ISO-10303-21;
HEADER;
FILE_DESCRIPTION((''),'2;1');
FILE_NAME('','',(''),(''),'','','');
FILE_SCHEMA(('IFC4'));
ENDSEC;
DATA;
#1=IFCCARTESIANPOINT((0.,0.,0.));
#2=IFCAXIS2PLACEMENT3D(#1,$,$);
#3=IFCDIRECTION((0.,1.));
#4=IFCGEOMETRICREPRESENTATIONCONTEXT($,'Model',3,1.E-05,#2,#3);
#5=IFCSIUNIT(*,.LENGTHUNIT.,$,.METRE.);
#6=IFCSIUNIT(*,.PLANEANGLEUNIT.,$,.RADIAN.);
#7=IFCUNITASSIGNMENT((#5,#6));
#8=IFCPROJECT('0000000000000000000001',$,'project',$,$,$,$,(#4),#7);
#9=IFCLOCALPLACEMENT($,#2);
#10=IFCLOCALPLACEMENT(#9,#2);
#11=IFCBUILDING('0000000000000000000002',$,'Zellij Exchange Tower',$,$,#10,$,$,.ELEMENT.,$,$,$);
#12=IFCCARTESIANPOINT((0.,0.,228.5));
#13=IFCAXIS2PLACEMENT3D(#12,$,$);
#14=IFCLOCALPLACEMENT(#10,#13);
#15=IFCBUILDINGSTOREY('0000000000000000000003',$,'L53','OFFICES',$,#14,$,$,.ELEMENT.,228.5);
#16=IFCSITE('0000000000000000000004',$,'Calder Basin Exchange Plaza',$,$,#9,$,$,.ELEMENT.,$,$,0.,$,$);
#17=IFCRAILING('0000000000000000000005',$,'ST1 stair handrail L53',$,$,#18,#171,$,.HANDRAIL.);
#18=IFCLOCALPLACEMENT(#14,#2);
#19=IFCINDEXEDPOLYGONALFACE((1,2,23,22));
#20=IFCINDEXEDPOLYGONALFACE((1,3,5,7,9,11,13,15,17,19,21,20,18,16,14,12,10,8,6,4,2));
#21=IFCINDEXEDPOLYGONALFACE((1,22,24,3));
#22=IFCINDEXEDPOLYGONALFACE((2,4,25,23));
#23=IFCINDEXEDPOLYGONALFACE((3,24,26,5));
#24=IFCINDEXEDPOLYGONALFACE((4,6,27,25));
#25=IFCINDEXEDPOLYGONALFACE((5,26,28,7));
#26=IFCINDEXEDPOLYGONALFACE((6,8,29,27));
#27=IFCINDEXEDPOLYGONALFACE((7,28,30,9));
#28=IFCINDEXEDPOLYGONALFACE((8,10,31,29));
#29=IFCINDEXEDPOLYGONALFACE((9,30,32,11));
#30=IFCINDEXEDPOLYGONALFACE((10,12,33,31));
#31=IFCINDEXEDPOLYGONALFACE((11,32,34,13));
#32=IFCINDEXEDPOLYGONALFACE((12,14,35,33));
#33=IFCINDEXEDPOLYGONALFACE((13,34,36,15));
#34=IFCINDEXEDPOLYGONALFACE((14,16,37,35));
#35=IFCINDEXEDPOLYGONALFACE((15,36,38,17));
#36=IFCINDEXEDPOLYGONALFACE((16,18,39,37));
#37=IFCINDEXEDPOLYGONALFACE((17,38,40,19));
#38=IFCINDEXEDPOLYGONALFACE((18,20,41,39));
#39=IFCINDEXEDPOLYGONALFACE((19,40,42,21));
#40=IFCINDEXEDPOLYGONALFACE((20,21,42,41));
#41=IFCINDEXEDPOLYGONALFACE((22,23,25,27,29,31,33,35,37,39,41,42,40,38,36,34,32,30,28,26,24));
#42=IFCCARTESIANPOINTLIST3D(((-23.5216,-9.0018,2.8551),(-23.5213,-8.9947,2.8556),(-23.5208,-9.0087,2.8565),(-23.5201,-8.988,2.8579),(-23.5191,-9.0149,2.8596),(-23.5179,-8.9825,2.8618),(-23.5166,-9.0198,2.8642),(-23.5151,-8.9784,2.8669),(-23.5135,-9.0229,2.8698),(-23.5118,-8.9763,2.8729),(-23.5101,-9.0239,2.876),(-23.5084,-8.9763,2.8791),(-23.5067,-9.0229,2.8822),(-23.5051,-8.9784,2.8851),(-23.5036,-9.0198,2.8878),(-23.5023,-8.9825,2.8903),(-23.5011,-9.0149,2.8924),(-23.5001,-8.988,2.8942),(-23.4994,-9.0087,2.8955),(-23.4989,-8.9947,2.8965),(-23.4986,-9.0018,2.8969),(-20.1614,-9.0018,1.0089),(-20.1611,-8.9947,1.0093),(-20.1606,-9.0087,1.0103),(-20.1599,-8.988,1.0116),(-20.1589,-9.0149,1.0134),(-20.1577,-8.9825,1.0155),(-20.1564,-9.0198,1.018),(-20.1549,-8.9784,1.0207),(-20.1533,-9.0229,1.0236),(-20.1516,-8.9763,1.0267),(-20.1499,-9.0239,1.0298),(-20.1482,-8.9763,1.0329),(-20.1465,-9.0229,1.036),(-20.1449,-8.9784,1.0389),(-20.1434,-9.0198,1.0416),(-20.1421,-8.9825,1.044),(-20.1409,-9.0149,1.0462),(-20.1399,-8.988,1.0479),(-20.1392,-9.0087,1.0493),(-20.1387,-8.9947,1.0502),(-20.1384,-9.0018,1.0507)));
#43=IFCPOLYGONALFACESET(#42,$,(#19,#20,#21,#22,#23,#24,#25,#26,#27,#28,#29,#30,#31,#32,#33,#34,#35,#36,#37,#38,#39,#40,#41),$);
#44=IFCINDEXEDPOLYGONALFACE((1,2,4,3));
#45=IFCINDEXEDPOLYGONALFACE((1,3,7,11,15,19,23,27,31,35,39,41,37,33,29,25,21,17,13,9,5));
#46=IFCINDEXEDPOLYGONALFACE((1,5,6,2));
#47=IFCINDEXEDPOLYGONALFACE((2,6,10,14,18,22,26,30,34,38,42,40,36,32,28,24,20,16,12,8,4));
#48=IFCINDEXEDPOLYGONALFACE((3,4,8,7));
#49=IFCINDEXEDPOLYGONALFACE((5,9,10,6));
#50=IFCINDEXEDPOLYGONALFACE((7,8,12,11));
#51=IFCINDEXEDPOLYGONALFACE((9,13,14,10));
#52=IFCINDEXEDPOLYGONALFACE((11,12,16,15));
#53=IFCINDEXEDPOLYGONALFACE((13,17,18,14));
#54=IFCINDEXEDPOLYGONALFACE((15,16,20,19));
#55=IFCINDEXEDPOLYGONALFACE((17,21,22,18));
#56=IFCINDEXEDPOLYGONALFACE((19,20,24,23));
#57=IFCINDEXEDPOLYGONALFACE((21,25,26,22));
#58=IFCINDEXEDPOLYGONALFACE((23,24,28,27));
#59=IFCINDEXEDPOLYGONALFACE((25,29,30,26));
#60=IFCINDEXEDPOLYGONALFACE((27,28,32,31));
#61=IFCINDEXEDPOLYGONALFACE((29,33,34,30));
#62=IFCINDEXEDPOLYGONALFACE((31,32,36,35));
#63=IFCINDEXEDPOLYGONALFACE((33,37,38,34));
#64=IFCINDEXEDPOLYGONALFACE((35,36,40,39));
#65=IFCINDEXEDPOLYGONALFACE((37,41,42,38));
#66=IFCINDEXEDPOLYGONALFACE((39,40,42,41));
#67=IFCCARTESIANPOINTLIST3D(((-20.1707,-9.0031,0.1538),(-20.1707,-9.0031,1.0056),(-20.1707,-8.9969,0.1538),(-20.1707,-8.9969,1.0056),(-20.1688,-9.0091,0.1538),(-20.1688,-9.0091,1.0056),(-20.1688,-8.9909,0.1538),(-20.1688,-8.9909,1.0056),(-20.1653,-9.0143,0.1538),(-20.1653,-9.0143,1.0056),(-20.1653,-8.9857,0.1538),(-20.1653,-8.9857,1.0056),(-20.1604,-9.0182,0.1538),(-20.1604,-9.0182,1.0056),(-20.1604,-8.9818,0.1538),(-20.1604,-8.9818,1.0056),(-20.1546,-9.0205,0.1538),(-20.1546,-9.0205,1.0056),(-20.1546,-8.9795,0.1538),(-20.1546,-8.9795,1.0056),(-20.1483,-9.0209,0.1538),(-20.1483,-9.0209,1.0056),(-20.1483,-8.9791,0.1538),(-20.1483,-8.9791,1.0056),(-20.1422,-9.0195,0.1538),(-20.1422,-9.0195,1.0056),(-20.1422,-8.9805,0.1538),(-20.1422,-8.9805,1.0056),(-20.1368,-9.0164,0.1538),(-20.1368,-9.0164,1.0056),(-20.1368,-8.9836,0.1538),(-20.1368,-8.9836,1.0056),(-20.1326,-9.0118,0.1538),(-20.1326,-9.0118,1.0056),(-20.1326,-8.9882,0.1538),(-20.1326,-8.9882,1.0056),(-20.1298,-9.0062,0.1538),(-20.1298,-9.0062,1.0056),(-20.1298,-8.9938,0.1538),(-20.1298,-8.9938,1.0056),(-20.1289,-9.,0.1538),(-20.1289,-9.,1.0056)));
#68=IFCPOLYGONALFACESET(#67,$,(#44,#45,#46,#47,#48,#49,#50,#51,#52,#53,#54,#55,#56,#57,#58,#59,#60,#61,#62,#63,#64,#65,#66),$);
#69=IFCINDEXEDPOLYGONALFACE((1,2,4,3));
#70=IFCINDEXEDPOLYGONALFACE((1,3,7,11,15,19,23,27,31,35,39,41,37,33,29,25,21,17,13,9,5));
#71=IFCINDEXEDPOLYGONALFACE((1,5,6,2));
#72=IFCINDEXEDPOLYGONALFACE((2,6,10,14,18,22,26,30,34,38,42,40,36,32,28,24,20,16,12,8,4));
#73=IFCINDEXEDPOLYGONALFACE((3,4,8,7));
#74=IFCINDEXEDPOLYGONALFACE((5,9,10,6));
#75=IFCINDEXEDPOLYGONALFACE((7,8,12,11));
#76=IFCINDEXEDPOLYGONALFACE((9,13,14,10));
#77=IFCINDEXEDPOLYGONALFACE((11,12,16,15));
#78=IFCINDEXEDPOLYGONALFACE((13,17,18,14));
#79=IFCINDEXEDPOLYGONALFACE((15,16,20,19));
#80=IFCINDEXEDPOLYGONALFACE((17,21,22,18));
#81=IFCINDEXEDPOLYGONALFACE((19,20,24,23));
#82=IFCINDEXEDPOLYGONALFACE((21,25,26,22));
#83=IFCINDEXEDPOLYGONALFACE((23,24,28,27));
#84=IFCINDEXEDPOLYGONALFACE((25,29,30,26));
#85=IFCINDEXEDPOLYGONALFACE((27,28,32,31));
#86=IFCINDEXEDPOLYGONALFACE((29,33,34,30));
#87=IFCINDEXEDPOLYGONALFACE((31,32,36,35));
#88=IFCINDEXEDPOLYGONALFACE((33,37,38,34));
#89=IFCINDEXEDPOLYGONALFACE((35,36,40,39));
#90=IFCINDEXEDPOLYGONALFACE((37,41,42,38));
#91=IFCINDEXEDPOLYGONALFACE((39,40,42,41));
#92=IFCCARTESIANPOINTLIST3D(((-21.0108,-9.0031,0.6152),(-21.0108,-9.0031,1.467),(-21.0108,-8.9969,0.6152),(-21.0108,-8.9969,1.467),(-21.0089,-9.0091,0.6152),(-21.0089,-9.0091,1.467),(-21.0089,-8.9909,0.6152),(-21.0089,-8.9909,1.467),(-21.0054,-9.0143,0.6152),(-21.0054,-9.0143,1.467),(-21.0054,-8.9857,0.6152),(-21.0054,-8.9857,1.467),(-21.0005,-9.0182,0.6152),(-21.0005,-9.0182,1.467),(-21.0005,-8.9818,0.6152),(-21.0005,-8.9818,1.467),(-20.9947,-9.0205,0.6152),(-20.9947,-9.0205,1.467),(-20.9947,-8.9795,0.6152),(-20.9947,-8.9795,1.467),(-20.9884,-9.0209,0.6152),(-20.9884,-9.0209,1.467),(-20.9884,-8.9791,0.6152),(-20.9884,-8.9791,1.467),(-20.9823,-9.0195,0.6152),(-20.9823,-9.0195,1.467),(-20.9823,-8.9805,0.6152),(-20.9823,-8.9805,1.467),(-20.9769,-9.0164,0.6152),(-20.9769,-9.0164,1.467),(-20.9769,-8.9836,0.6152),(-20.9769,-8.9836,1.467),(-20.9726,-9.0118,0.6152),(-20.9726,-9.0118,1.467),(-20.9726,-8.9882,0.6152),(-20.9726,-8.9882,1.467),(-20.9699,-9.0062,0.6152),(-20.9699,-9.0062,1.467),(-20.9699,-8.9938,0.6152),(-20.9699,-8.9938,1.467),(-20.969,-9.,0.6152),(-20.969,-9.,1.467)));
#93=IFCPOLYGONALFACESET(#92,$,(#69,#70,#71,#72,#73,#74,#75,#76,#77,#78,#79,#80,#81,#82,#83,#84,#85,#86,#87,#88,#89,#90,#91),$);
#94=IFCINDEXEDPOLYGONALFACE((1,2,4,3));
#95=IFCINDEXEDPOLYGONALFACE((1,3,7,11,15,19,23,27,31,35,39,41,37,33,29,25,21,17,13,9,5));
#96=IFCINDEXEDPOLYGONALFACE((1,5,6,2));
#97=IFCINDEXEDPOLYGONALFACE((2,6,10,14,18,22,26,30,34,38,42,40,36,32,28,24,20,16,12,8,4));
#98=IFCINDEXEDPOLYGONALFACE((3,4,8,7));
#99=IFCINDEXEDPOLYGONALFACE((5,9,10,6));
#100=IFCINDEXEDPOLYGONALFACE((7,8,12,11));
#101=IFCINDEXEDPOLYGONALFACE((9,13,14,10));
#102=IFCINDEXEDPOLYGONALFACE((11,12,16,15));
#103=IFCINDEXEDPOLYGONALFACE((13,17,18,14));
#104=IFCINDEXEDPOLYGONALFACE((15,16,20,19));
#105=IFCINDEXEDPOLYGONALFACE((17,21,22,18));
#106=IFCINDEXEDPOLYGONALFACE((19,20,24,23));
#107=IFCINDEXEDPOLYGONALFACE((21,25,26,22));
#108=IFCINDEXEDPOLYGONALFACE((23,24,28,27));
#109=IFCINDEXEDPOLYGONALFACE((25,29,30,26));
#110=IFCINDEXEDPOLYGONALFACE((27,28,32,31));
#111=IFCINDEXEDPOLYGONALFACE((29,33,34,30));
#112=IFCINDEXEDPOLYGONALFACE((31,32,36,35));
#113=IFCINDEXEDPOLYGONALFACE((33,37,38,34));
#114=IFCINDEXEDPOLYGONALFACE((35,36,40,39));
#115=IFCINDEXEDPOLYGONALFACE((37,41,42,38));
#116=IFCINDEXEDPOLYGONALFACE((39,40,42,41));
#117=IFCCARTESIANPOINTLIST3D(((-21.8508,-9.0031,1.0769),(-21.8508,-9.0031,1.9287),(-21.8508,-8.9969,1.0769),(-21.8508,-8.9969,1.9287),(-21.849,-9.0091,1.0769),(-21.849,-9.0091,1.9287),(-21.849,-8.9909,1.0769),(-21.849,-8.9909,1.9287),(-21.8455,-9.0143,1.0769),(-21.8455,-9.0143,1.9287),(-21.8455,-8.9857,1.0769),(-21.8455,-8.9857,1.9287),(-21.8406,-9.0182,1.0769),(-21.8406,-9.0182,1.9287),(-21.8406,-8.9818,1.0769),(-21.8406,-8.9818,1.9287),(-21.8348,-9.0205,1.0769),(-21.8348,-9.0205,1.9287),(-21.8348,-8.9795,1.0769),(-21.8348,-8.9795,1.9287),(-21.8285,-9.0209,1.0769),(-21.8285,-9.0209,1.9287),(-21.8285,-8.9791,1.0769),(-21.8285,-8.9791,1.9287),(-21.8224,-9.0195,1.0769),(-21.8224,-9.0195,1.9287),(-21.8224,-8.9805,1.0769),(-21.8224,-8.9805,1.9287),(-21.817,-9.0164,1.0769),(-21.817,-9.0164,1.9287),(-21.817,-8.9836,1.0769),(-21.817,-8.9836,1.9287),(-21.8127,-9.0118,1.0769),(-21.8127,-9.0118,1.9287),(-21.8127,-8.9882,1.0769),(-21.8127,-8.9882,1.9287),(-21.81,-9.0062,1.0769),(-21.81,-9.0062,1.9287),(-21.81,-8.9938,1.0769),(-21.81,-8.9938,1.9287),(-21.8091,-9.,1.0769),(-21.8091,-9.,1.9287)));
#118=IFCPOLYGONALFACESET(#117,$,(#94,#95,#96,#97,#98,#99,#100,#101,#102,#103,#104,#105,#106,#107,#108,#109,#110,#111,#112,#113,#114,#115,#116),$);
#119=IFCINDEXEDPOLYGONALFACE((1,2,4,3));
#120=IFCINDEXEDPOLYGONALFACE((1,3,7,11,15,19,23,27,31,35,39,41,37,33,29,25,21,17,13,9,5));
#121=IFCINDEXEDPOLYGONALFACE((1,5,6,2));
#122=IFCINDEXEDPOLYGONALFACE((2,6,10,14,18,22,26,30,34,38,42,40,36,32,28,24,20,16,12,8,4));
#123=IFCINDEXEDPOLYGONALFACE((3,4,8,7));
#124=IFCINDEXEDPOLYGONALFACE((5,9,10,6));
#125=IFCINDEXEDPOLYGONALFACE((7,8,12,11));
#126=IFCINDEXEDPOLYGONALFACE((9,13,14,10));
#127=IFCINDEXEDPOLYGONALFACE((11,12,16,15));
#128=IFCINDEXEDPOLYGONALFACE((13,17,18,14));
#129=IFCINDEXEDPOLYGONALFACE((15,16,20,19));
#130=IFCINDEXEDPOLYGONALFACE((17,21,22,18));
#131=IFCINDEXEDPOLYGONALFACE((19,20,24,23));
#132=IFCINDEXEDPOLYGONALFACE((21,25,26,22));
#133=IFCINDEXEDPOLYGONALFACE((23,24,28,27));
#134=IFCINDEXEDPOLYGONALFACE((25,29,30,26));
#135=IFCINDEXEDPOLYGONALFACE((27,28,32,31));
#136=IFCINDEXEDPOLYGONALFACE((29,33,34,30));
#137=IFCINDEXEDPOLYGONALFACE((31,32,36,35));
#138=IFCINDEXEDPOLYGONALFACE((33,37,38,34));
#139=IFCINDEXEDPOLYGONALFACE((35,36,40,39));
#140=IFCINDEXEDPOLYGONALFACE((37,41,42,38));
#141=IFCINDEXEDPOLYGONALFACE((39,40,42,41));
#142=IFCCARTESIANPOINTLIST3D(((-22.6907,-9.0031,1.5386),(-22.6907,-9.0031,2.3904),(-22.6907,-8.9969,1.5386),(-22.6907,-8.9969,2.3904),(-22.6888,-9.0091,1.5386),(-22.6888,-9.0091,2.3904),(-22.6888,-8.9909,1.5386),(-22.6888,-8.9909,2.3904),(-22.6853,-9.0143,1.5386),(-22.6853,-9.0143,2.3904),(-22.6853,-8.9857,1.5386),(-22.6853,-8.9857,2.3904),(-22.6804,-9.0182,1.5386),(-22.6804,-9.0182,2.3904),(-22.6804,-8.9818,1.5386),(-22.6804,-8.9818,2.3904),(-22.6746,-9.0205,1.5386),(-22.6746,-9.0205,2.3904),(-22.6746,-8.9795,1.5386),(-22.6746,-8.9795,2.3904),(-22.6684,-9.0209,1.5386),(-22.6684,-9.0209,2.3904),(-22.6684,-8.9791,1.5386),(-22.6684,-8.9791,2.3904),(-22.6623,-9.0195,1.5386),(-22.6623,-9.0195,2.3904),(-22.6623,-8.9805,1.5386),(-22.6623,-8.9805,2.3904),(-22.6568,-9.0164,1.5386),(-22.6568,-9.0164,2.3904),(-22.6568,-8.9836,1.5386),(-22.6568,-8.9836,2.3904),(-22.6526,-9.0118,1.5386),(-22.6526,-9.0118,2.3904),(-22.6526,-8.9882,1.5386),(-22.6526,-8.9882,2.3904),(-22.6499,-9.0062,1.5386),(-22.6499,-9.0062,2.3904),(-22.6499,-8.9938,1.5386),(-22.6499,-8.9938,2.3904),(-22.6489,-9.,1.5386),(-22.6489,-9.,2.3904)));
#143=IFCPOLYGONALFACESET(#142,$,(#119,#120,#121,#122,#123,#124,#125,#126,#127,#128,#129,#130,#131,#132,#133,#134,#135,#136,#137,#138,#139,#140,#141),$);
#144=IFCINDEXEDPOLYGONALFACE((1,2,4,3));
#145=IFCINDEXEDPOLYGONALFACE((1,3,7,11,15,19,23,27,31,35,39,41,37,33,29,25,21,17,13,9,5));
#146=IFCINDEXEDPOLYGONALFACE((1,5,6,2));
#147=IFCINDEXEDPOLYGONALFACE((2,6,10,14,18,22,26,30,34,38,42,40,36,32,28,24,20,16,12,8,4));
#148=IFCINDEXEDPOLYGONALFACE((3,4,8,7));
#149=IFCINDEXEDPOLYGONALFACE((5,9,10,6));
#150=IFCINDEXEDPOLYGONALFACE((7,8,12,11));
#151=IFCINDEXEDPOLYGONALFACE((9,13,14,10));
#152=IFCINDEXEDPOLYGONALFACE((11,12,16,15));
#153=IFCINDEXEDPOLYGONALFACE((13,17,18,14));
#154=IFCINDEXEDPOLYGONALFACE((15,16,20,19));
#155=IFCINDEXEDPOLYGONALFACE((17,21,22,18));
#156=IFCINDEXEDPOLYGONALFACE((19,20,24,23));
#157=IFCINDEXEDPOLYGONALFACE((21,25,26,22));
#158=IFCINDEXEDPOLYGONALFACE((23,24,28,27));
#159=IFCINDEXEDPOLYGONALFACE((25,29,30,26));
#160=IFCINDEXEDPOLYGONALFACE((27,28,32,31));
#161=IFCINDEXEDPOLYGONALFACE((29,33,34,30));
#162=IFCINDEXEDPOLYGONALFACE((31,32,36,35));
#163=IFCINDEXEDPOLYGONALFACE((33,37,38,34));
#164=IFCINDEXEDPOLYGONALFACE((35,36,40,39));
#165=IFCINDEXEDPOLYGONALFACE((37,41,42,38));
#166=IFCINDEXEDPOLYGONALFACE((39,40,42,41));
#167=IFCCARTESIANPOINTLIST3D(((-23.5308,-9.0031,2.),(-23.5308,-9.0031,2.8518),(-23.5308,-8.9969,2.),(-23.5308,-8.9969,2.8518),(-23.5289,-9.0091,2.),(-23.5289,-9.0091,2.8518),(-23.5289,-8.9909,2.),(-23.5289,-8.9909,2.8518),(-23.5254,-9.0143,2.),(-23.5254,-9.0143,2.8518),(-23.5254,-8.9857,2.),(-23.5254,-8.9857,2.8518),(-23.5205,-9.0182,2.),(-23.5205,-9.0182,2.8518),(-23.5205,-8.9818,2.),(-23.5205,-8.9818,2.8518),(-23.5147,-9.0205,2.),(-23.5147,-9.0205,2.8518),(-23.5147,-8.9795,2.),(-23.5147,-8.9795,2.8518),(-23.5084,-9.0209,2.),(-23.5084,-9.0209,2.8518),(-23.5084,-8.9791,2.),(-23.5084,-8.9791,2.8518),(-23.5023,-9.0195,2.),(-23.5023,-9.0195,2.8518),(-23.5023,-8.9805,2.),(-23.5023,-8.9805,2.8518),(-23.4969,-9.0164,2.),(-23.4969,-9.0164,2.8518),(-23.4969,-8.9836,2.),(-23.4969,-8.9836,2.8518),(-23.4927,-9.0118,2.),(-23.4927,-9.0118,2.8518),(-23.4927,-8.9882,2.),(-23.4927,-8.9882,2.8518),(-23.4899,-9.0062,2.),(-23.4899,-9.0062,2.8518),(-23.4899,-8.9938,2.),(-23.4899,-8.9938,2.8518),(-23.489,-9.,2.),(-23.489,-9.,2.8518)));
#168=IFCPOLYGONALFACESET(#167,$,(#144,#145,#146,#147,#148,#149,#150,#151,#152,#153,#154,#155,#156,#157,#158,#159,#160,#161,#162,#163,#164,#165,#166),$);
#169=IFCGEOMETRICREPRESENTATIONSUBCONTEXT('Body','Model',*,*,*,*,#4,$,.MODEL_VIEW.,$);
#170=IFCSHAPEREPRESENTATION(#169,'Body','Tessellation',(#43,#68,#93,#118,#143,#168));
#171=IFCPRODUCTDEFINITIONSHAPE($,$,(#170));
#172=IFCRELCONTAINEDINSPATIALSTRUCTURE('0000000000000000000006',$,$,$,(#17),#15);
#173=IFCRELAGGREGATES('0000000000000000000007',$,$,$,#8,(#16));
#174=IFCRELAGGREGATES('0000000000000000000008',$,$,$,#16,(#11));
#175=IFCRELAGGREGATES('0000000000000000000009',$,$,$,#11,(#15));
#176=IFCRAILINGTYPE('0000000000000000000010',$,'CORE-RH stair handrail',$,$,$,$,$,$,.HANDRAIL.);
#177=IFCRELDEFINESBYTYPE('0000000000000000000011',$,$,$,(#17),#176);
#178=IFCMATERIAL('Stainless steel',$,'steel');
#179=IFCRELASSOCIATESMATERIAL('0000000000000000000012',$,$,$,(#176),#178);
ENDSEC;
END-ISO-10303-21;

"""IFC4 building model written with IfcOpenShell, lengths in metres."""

from ifc_helpers import new_model, si_unit, direction, frame, origin, origin_2d, place, context, subcontext, project, spatial, circle, extrude, material, type_object, element, save


model = new_model("IFC4")

# Units and contexts
model_context = context("Model", 3, precision=1e-05, world=origin(), true_north=direction((0.0, 1.0)))
body_context = subcontext(model_context, "Body", "Model", "MODEL_VIEW")
ifc_project = project(units=[si_unit("LENGTHUNIT", "METRE"), si_unit("PLANEANGLEUNIT", "RADIAN")], contexts=[model_context])

# Site, building, storey
site_placement = place(None, origin())
site = spatial("IfcSite", under=ifc_project, at=site_placement, Name="Calder Basin Exchange Plaza", CompositionType="ELEMENT", RefElevation=0.0)
building_placement = place(site_placement, origin())
building = spatial("IfcBuilding", under=site, at=building_placement, Name="Zellij Exchange Tower", CompositionType="ELEMENT")
storey_placement = place(building_placement, frame((0.0, 0.0, 228.5)))
storey = spatial("IfcBuildingStorey", under=building, at=storey_placement, Name="L53", Description="OFFICES", CompositionType="ELEMENT", Elevation=228.5)

# Railing
ifc_material_1 = material(Name="Stainless steel", Category="steel")
railing_type = type_object("IfcRailingType", Name="CORE-RH stair handrail", PredefinedType="HANDRAIL", material=ifc_material_1)
railing_1_placement = place(storey_placement, frame((-20.1499, -9.0, 0.1538)))
element("IfcRailing", 1, at=railing_1_placement, inside=storey, type_object=railing_type, Name="ST1 stair handrail L53", PredefinedType="HANDRAIL", context=body_context, shape_type="SweptSolid", body=[
    extrude(circle(Radius=0.0239, at=origin_2d()), frame((0.0, 0.0, 0.876), z_axis=(-0.876422, 0.0, 0.481545), x_axis=(0.0, -1.0, 0.0)), (0.0, 0.0, 1.0), 3.834),
    extrude(circle(Radius=0.021, at=origin_2d()), origin(), (0.0, 0.0, 1.0), 0.8518),
    extrude(circle(Radius=0.021, at=origin_2d()), frame((-0.8401, 0.0, 0.4614)), (0.0, 0.0, 1.0), 0.8518),
    extrude(circle(Radius=0.021, at=origin_2d()), frame((-1.6802, 0.0, 0.9231)), (0.0, 0.0, 1.0), 0.8518),
    extrude(circle(Radius=0.021, at=origin_2d()), frame((-2.52, 0.0, 1.3848)), (0.0, 0.0, 1.0), 0.8518),
    extrude(circle(Radius=0.021, at=origin_2d()), frame((-3.3601, 0.0, 1.8462)), (0.0, 0.0, 1.0), 0.8518),
])

save(model, "model.ifc")
